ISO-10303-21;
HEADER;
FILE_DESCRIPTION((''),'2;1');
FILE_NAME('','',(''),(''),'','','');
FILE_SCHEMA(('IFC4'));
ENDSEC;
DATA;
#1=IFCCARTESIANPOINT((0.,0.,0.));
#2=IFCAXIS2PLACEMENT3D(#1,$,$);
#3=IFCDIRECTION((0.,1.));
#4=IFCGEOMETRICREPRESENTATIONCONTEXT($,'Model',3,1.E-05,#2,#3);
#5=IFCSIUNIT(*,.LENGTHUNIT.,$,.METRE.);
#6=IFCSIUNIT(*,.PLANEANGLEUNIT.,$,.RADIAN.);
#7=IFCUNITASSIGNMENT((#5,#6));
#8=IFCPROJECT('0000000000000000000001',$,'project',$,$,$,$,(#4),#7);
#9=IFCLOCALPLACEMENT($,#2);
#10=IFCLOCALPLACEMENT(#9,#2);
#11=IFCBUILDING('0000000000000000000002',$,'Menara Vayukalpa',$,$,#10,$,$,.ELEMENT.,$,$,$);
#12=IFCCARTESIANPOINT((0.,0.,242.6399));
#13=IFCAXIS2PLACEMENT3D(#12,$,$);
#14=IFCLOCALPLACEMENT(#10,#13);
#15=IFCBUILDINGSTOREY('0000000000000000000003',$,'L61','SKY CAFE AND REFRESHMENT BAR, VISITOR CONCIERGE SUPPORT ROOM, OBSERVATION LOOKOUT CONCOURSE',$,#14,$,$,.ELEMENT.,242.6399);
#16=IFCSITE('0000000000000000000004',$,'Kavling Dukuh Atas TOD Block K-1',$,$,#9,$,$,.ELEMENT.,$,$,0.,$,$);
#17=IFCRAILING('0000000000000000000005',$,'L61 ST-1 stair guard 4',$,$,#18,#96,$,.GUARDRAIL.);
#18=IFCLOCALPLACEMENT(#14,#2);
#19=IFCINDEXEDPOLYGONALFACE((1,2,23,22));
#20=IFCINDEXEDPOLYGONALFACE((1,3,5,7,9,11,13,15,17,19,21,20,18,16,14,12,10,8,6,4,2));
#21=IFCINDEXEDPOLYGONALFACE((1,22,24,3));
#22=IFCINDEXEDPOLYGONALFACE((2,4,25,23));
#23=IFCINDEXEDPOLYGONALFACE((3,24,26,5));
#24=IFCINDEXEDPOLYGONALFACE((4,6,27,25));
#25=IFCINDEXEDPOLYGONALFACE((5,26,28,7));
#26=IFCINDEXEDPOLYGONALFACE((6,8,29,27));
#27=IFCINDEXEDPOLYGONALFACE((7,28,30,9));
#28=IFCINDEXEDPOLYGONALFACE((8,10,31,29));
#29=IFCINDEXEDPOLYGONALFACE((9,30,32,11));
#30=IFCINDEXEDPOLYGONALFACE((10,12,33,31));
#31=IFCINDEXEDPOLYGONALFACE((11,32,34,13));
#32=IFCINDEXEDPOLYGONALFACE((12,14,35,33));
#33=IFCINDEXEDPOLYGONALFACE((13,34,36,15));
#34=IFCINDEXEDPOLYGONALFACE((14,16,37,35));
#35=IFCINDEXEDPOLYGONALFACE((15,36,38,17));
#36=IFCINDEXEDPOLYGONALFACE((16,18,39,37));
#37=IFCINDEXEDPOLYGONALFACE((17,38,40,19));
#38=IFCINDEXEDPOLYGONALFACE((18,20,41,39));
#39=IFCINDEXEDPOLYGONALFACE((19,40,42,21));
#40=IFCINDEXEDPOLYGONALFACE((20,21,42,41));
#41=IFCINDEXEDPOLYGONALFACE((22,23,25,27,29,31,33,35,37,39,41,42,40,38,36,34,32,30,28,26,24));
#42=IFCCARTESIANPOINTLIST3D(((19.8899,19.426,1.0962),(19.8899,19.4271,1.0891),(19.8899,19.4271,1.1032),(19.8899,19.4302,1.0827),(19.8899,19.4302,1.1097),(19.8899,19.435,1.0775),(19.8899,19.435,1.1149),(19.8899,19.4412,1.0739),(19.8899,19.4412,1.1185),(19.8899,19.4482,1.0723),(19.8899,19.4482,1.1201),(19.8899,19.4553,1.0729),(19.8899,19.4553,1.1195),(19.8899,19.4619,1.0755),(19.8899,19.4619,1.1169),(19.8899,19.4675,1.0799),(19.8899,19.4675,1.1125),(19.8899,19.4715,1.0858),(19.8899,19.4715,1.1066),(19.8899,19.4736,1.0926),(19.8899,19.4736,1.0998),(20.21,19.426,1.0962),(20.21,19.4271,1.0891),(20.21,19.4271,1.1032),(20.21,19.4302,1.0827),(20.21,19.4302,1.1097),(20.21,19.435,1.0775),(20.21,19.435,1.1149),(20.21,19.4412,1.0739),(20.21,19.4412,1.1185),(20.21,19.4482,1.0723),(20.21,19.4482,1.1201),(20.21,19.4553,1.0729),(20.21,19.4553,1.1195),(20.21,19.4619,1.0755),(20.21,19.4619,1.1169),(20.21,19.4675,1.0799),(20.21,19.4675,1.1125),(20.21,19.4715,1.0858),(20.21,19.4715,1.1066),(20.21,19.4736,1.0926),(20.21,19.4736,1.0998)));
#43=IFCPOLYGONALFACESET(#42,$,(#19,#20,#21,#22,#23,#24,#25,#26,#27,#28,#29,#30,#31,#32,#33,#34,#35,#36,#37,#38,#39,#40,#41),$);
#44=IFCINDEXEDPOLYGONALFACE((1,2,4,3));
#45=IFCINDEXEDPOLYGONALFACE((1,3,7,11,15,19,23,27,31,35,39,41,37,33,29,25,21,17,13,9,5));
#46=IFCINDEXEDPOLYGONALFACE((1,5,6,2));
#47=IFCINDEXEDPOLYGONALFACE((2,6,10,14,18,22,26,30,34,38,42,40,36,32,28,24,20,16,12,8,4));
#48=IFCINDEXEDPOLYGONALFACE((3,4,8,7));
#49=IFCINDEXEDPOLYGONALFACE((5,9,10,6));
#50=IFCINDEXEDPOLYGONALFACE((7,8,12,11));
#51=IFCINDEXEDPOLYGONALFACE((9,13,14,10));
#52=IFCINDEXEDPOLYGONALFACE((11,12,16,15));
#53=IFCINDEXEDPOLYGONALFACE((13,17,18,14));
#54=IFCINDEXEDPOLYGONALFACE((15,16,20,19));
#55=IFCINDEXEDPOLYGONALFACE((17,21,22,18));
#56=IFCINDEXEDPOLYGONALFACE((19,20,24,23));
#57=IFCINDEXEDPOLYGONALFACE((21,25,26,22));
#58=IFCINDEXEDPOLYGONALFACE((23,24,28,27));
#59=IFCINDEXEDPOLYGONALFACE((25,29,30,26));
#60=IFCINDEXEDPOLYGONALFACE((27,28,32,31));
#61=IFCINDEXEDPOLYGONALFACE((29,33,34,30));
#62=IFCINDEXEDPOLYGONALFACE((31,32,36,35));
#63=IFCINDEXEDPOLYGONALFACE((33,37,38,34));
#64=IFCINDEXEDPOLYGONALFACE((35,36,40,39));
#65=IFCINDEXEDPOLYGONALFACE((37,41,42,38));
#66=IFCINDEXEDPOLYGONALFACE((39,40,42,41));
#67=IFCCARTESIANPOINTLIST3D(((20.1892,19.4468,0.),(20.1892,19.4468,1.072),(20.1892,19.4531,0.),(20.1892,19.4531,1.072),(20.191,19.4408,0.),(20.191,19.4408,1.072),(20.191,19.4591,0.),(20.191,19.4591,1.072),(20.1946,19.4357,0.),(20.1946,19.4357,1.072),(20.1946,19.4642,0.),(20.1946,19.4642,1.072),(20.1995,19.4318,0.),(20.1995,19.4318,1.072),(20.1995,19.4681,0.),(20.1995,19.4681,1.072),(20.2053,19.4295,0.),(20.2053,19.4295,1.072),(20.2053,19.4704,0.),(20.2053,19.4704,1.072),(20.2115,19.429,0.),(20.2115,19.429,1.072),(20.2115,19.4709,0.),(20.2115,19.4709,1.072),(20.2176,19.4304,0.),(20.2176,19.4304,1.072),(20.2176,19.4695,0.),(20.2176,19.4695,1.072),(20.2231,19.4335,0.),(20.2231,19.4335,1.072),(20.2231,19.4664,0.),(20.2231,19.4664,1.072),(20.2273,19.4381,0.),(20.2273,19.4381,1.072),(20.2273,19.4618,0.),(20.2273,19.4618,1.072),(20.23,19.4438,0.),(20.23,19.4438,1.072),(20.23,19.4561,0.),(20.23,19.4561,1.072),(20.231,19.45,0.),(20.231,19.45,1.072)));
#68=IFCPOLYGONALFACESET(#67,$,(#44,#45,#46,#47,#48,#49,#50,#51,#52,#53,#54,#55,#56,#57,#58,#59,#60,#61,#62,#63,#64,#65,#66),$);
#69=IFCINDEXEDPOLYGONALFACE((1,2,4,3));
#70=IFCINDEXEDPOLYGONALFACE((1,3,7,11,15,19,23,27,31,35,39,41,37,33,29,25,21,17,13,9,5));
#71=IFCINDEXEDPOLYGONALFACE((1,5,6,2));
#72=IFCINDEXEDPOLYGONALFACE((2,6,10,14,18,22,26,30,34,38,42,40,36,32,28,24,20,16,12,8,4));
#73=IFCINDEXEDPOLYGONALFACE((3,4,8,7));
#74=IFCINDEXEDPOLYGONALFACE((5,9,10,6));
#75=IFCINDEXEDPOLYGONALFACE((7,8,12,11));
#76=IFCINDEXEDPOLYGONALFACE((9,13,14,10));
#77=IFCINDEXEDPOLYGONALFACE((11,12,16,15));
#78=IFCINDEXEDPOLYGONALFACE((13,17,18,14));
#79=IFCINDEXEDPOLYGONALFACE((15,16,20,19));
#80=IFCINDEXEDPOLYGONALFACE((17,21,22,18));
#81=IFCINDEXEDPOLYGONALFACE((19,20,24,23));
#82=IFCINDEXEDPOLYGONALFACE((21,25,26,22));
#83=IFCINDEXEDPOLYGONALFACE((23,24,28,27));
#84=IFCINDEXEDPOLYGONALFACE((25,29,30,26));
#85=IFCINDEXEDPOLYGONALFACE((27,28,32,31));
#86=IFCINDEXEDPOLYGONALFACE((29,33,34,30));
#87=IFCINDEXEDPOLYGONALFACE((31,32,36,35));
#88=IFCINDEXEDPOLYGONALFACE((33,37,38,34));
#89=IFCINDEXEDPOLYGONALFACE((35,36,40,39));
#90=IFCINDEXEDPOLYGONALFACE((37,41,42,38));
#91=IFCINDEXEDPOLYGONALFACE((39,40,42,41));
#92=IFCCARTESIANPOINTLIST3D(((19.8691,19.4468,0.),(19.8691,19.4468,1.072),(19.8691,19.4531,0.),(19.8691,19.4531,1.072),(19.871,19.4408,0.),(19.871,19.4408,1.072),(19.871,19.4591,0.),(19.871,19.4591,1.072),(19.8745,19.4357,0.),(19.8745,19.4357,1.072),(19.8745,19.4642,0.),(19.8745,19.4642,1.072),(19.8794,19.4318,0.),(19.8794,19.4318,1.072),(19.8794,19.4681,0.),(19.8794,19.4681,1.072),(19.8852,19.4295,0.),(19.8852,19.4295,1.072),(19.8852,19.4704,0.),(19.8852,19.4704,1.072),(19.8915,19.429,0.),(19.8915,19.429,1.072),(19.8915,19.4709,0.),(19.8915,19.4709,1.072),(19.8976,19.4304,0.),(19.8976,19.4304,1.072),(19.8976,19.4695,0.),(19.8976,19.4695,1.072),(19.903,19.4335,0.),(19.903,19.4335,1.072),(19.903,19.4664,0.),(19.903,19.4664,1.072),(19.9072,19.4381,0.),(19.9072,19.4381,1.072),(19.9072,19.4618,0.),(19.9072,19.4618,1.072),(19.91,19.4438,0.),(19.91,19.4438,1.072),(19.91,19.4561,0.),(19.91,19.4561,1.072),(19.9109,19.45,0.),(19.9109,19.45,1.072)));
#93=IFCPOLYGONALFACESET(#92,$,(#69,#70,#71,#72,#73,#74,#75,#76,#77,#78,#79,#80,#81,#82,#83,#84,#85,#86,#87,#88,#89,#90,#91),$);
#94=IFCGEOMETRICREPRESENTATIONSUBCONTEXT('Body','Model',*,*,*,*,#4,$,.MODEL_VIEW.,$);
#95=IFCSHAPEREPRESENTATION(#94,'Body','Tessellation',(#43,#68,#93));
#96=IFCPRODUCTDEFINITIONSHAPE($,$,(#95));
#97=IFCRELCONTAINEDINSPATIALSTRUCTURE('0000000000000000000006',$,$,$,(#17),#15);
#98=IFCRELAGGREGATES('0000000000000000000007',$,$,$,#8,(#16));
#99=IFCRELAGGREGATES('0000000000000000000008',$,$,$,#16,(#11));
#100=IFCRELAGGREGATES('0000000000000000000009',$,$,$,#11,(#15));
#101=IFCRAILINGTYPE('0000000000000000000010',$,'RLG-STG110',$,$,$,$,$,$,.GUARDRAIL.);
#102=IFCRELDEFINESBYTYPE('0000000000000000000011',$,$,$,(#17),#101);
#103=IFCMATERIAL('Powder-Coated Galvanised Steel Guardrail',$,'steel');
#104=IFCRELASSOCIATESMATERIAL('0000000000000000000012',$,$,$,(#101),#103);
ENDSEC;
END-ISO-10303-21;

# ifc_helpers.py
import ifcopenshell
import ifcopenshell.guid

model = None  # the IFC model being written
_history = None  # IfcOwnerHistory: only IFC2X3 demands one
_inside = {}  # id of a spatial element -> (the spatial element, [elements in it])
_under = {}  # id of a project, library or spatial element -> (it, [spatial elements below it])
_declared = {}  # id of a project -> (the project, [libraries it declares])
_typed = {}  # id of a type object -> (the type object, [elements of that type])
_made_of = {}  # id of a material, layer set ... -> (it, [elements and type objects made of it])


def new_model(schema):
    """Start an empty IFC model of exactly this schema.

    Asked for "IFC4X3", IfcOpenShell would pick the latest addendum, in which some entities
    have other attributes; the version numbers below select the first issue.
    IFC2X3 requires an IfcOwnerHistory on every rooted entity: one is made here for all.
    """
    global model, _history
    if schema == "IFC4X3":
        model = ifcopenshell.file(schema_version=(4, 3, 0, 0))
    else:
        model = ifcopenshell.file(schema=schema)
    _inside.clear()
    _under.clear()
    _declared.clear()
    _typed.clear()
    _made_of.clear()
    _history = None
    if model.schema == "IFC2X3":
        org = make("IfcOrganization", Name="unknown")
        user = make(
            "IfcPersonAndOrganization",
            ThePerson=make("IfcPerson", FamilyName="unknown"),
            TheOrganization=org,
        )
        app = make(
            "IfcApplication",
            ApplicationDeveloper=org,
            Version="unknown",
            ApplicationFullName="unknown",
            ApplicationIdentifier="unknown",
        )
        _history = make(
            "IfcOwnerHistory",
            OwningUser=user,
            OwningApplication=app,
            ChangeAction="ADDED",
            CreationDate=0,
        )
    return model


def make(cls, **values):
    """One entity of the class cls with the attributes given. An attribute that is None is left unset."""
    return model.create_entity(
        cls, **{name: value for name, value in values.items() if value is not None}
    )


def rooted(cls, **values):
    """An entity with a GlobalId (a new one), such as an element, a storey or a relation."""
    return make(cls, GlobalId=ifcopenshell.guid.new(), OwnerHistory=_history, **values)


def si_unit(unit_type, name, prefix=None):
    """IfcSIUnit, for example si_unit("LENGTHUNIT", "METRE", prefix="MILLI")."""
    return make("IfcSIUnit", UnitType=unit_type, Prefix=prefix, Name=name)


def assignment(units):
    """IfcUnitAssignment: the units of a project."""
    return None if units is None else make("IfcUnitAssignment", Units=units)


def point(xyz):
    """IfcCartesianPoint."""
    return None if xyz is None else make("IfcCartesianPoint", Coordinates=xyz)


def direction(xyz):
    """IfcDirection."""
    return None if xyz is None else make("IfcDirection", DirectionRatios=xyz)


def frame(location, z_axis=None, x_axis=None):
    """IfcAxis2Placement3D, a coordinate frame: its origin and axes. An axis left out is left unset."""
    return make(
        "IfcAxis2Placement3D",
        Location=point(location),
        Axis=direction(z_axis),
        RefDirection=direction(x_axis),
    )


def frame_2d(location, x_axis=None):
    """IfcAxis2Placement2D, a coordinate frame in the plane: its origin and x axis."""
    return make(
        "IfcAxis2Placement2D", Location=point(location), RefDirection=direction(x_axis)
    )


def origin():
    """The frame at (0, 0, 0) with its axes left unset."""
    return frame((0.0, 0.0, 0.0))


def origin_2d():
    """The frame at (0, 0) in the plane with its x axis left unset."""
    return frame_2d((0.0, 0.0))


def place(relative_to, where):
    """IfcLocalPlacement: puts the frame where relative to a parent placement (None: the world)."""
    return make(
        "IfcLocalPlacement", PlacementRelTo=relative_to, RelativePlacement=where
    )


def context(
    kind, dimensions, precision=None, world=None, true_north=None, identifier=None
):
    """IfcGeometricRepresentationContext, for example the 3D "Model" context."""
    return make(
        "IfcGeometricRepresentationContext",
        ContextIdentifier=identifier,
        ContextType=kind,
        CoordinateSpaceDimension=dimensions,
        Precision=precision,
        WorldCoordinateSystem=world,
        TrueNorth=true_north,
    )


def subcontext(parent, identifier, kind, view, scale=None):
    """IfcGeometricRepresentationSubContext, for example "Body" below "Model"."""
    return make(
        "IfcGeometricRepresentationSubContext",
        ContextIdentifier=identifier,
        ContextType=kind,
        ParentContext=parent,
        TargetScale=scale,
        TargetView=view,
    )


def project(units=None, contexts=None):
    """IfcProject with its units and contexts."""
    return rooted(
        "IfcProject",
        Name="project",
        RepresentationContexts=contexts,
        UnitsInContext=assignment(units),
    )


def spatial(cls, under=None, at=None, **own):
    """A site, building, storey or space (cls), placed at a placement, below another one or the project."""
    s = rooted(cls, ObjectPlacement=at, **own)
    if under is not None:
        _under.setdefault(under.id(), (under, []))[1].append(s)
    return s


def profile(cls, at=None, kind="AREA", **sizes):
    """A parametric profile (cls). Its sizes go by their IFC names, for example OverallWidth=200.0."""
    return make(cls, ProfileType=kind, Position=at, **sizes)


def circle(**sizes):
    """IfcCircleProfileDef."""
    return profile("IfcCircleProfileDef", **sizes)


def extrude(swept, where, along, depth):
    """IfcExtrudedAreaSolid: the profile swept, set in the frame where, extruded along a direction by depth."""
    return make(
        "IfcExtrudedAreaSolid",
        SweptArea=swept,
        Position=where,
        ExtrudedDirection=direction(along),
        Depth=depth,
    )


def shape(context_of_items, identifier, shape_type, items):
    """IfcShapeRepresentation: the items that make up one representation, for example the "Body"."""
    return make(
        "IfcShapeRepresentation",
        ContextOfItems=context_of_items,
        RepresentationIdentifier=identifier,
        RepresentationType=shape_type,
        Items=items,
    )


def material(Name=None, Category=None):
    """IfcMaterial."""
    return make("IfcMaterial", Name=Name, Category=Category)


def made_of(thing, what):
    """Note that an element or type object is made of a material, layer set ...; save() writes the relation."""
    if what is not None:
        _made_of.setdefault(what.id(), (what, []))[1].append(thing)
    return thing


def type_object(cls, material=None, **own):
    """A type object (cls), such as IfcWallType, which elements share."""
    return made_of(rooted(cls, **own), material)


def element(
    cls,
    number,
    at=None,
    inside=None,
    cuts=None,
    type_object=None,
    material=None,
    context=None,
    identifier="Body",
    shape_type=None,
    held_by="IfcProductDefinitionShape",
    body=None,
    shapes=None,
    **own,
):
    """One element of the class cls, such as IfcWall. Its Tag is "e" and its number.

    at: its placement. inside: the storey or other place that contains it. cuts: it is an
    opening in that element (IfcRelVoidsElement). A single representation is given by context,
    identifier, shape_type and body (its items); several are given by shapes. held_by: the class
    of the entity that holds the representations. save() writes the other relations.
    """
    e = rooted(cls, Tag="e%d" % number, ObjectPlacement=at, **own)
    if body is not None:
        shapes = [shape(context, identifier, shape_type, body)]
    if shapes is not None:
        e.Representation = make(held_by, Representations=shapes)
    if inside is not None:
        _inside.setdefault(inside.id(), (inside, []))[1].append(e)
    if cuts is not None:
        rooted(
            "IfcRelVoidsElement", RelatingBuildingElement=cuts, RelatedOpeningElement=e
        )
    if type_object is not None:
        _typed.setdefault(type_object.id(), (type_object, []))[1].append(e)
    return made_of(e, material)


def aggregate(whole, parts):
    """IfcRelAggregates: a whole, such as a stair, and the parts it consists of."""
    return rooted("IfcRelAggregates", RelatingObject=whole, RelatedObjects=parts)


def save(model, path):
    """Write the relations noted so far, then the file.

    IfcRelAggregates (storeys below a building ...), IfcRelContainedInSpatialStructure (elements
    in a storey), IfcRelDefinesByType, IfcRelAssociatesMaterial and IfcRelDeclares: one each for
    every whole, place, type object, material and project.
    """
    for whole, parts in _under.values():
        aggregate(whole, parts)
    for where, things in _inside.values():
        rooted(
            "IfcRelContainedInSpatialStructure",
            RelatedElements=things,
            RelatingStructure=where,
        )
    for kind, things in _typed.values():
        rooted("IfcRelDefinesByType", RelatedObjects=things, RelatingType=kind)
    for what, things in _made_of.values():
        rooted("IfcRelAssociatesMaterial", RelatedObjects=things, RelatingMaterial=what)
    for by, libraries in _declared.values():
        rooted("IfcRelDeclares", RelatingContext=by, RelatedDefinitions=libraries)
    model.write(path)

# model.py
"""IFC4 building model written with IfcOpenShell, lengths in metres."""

from ifc_helpers import new_model, si_unit, direction, frame, origin, origin_2d, place, context, subcontext, project, spatial, circle, extrude, material, type_object, element, save


model = new_model("IFC4")

# Units and contexts
model_context = context("Model", 3, precision=1e-05, world=origin(), true_north=direction((0.0, 1.0)))
body_context = subcontext(model_context, "Body", "Model", "MODEL_VIEW")
ifc_project = project(units=[si_unit("LENGTHUNIT", "METRE"), si_unit("PLANEANGLEUNIT", "RADIAN")], contexts=[model_context])

# Site, building, storey
site_placement = place(None, origin())
site = spatial("IfcSite", under=ifc_project, at=site_placement, Name="Kavling Dukuh Atas TOD Block K-1", CompositionType="ELEMENT", RefElevation=0.0)
building_placement = place(site_placement, origin())
building = spatial("IfcBuilding", under=site, at=building_placement, Name="Menara Vayukalpa", CompositionType="ELEMENT")
storey_placement = place(building_placement, frame((0.0, 0.0, 242.6399)))
storey = spatial("IfcBuildingStorey", under=building, at=storey_placement, Name="L61", Description="SKY CAFE AND REFRESHMENT BAR, VISITOR CONCIERGE SUPPORT ROOM, OBSERVATION LOOKOUT CONCOURSE", CompositionType="ELEMENT", Elevation=242.6399)

# Railing
ifc_material_1 = material(Name="Powder-Coated Galvanised Steel Guardrail", Category="steel")
railing_type_1 = type_object("IfcRailingType", Name="RLG-STG110", PredefinedType="GUARDRAIL", material=ifc_material_1)
railing_1_placement = place(storey_placement, frame((20.21, 19.45, 0.0)))
element("IfcRailing", 1, at=railing_1_placement, inside=storey, type_object=railing_type_1, Name="L61 ST-1 stair guard 4", PredefinedType="GUARDRAIL", context=body_context, shape_type="SweptSolid", body=[
    extrude(circle(Radius=0.0239, at=origin_2d()), frame((0.0, 0.0, 1.0962), z_axis=(-1.0, 0.0, 0.0), x_axis=(0.0, -1.0, 0.0)), (0.0, 0.0, 1.0), 0.3201),
    extrude(circle(Radius=0.021, at=origin_2d()), origin(), (0.0, 0.0, 1.0), 1.072),
    extrude(circle(Radius=0.021, at=origin_2d()), frame((-0.3201, 0.0, 0.0)), (0.0, 0.0, 1.0), 1.072),
])

save(model, "model.ifc")
